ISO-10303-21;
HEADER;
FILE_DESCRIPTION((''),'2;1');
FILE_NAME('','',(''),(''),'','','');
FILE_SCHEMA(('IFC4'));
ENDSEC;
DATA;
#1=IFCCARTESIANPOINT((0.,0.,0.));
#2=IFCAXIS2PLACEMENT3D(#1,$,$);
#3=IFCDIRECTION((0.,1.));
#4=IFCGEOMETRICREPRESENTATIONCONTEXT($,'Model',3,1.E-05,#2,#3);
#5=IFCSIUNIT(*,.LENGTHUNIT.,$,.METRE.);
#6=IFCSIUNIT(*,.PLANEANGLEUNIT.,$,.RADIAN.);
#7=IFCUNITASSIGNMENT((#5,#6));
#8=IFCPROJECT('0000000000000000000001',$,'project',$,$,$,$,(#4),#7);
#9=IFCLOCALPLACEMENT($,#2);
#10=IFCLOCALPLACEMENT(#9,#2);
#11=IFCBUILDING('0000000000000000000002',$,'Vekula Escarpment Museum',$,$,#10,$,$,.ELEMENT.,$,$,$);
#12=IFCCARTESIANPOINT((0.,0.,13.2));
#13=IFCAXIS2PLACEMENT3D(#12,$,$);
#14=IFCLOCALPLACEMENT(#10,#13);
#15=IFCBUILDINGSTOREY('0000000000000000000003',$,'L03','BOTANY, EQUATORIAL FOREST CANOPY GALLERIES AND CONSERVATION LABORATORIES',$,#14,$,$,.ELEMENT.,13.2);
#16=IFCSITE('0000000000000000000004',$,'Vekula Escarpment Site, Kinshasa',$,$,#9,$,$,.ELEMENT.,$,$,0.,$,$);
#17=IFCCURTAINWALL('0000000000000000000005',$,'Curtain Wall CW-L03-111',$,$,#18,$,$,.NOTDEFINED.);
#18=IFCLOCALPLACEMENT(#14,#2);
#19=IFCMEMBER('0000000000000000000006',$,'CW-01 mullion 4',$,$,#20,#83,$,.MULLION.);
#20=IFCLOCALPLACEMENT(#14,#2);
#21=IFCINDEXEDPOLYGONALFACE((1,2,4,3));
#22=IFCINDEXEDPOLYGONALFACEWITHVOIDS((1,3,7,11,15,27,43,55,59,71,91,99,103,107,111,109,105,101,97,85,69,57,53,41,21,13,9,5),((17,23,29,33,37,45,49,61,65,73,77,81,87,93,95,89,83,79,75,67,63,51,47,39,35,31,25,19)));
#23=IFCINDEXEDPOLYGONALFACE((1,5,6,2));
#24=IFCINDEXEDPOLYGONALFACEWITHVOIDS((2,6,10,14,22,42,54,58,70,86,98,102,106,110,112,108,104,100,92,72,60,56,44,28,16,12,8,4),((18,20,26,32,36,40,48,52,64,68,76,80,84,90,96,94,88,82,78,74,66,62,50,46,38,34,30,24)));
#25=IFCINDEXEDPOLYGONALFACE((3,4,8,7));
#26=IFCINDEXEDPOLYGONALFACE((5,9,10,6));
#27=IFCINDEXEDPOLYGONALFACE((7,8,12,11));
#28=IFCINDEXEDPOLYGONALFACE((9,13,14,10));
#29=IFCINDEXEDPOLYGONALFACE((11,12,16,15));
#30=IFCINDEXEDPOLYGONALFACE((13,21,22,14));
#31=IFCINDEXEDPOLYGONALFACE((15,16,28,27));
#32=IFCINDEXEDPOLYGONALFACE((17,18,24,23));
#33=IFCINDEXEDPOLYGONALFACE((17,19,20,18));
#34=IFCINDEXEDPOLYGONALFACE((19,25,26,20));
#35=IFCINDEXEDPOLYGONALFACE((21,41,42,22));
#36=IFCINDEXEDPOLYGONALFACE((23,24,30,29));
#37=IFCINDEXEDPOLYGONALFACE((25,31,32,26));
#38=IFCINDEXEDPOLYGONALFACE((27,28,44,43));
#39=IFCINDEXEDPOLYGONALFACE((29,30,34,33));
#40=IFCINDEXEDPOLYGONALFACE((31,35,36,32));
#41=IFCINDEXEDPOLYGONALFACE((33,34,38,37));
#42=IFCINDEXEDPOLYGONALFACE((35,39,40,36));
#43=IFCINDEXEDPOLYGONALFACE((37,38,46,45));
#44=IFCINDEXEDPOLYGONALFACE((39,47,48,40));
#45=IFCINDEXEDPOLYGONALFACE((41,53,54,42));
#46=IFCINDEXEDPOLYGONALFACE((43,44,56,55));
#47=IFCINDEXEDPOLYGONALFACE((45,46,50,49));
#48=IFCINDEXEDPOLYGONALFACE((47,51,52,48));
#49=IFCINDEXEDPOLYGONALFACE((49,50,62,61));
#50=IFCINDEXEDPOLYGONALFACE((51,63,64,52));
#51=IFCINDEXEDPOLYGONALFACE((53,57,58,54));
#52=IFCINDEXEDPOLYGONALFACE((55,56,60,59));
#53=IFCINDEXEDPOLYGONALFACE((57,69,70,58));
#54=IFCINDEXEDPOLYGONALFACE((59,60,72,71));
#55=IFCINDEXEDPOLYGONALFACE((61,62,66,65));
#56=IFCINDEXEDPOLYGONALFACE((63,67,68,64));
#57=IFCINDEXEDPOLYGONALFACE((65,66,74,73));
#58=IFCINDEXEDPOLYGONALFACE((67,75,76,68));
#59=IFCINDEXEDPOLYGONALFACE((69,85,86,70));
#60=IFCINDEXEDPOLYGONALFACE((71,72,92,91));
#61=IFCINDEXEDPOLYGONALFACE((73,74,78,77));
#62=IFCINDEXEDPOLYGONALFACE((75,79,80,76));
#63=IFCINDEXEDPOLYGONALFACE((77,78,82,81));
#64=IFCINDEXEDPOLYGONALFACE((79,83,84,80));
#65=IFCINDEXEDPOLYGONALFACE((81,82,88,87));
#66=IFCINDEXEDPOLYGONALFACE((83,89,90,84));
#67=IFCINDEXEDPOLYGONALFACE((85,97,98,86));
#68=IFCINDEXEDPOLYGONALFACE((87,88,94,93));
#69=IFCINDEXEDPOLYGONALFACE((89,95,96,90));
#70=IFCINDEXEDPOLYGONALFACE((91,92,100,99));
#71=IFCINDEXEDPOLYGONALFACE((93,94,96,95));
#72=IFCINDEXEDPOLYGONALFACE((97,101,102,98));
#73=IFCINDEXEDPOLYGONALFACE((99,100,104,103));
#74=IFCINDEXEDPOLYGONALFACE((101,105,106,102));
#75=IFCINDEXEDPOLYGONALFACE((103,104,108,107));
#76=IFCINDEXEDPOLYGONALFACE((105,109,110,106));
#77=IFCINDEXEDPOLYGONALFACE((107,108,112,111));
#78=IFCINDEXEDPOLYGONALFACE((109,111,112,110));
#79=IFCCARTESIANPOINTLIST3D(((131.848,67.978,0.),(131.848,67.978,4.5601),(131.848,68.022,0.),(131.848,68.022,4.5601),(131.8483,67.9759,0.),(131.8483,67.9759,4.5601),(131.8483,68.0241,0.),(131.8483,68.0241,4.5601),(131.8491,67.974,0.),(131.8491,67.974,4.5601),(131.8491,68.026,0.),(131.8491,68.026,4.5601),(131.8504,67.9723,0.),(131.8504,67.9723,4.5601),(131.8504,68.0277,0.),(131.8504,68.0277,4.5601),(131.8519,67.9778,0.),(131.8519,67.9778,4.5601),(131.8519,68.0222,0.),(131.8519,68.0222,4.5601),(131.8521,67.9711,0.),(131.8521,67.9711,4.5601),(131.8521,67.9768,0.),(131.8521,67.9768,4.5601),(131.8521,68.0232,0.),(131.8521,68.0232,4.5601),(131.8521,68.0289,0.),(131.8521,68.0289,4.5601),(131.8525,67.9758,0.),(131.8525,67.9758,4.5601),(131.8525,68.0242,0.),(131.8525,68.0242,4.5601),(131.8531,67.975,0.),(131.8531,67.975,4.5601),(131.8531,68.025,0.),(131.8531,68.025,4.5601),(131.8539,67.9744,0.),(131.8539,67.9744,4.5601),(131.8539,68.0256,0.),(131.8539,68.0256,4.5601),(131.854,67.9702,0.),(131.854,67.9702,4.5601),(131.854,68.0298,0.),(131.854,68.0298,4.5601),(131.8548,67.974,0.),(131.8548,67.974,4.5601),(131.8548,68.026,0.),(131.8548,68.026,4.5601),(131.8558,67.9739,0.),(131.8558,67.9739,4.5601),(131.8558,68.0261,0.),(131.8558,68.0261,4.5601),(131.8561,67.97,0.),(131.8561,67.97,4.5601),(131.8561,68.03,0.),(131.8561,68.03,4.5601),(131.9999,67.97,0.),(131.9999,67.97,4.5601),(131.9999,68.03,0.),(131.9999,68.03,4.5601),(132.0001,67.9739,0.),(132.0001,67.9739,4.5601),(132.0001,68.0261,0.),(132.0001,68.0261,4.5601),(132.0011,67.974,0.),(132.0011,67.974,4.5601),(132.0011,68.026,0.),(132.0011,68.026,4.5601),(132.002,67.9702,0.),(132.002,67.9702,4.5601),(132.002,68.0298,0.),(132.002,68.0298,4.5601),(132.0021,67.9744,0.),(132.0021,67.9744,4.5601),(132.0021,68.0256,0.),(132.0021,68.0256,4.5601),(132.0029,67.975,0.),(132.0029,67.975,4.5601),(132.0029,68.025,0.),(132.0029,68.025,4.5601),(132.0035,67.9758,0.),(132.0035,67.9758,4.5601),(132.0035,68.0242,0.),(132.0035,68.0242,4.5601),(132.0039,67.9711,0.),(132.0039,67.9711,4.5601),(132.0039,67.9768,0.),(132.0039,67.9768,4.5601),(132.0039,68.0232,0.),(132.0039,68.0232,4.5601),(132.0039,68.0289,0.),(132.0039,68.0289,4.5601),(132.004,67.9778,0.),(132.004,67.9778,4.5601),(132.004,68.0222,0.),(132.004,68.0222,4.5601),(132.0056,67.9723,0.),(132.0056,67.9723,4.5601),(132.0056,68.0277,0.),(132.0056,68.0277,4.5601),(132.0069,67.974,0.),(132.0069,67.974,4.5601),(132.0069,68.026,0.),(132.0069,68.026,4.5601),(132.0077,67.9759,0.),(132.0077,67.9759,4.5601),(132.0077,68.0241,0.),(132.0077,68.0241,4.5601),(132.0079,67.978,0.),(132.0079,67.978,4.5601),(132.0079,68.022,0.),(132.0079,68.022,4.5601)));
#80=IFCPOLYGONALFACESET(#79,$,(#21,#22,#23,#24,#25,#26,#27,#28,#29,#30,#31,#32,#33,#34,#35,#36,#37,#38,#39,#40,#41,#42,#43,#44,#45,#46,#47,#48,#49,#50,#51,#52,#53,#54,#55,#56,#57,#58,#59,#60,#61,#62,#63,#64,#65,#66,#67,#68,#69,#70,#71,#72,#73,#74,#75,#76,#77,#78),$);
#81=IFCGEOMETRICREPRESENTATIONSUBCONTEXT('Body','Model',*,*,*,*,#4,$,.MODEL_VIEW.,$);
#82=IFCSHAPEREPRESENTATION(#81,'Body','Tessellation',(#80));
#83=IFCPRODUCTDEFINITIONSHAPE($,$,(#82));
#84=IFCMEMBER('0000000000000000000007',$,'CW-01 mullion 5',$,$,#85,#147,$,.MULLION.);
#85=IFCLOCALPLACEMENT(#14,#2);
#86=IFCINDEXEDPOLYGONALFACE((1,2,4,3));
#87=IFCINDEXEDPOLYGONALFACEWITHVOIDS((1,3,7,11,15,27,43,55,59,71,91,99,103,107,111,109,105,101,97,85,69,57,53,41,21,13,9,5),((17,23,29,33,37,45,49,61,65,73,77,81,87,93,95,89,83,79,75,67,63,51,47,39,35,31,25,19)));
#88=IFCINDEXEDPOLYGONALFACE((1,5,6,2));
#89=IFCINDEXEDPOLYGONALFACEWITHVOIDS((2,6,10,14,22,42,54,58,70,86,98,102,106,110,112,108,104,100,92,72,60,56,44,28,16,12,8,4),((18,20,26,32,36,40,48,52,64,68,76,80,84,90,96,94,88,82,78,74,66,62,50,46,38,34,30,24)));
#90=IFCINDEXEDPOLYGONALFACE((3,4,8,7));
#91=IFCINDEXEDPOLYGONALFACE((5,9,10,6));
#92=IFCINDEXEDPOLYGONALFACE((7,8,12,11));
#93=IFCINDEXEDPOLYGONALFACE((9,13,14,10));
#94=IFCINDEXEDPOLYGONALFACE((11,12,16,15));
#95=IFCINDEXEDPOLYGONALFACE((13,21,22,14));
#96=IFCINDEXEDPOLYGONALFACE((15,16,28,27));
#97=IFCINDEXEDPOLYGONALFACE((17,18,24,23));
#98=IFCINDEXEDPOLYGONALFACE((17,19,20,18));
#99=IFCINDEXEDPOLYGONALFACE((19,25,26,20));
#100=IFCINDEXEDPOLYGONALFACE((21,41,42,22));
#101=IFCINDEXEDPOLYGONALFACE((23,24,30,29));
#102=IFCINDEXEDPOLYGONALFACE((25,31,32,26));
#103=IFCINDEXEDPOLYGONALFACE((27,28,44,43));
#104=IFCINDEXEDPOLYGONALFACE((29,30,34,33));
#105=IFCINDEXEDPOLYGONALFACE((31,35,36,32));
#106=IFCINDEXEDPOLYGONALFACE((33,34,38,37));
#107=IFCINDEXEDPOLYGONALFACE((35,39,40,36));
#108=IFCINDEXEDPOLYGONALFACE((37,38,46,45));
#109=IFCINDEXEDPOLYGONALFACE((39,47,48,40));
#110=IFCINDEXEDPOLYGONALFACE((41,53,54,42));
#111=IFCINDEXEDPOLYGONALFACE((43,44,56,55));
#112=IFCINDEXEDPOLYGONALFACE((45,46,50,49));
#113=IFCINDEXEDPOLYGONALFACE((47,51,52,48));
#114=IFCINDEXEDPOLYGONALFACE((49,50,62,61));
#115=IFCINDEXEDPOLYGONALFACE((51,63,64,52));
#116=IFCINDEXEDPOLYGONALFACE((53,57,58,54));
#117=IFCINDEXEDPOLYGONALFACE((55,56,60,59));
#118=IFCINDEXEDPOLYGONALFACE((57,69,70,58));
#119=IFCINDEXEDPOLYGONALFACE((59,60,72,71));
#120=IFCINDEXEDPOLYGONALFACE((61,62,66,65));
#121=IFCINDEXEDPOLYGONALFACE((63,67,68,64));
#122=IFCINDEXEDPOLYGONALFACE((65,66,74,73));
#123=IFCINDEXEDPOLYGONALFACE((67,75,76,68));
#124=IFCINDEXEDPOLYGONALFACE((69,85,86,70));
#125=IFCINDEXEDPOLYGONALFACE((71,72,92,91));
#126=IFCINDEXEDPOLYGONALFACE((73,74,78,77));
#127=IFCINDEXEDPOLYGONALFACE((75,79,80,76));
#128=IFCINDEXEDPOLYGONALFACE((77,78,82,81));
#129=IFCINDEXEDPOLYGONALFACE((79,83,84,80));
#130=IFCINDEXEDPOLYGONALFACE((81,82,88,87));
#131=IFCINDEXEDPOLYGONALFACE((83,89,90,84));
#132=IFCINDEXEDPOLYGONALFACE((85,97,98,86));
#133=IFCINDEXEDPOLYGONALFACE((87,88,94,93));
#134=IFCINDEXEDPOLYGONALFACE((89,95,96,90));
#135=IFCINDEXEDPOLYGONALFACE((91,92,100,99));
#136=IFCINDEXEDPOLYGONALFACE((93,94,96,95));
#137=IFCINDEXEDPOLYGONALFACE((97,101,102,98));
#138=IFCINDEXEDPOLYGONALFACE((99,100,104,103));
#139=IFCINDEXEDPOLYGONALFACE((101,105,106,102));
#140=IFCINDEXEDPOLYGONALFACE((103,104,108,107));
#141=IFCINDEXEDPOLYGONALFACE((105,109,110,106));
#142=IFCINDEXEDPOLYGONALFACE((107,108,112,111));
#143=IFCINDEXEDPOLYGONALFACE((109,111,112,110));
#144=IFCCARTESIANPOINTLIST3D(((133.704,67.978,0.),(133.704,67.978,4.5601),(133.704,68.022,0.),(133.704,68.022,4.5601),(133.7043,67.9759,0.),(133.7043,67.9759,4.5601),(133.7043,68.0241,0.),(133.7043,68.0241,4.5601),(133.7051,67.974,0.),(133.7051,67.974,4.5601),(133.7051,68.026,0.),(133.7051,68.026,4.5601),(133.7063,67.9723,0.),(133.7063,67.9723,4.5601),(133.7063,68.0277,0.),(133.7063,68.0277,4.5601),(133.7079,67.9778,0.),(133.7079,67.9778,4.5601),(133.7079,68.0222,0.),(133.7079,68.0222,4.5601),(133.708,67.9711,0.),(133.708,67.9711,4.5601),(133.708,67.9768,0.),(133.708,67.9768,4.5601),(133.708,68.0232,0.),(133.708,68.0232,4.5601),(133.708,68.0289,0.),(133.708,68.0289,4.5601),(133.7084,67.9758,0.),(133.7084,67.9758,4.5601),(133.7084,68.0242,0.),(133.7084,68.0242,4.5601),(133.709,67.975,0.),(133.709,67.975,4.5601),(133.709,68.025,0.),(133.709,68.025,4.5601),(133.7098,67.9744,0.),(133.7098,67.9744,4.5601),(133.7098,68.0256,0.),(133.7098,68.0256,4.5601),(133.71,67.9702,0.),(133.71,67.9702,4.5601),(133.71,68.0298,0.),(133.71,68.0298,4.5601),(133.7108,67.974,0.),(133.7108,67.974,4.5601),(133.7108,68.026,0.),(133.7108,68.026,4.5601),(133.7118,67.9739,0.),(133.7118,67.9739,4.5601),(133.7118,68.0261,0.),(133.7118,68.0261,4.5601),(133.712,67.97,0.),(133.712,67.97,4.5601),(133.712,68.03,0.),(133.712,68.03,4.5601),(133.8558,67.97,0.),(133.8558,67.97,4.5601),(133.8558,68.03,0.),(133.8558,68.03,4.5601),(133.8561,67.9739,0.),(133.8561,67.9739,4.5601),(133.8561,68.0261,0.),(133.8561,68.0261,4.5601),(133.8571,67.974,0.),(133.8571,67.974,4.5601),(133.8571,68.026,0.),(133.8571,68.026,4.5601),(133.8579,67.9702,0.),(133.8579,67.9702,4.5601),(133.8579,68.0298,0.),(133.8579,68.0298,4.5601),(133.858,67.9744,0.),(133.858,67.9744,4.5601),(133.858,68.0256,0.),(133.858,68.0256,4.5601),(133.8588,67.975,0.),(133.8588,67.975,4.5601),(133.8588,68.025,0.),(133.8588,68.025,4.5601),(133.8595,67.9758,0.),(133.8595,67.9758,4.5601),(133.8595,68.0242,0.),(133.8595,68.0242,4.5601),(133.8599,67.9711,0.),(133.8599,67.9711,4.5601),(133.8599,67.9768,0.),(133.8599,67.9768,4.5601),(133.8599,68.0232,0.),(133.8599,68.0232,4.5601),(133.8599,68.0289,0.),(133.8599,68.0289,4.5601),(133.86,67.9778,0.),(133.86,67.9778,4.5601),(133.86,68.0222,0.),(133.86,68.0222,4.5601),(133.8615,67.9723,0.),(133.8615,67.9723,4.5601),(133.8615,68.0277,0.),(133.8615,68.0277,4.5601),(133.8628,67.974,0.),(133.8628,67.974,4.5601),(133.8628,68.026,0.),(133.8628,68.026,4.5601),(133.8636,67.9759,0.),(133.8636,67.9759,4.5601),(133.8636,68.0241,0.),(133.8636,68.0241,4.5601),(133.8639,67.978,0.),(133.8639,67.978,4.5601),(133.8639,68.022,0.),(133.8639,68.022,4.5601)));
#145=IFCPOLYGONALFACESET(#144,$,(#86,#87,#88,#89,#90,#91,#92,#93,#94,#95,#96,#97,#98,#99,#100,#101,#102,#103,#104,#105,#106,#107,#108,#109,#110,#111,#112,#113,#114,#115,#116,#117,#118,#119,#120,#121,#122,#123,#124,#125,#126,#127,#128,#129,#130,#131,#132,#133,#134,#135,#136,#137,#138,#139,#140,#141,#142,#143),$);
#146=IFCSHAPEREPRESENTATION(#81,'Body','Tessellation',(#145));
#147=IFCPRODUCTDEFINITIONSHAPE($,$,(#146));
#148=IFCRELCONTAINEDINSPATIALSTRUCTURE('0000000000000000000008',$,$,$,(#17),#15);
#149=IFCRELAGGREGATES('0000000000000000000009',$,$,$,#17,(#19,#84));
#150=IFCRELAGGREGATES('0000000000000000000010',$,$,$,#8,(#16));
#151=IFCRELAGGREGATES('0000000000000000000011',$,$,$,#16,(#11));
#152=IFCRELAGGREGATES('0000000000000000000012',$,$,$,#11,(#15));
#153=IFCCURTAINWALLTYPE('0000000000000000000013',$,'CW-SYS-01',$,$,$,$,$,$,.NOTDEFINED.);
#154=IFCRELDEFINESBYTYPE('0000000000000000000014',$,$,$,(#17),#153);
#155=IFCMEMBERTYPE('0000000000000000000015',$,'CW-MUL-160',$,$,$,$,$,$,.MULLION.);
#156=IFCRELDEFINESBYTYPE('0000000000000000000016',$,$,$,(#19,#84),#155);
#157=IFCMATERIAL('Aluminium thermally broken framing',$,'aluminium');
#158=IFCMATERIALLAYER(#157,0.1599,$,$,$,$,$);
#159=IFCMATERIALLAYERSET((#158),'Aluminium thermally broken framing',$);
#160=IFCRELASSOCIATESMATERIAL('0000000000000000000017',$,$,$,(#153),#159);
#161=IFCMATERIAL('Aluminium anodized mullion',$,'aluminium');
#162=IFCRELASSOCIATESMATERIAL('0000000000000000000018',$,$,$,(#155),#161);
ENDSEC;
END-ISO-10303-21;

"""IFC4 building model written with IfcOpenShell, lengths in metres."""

from ifc_helpers import new_model, si_unit, direction, frame, origin, origin_2d, place, context, subcontext, project, spatial, hollow_rectangle, extrude, material, layer, layer_set, material_profile, profile_set, type_object, element, aggregate, save


model = new_model("IFC4")

# Units and contexts
model_context = context("Model", 3, precision=1e-05, world=origin(), true_north=direction((0.0, 1.0)))
body_context = subcontext(model_context, "Body", "Model", "MODEL_VIEW")
ifc_project = project(units=[si_unit("LENGTHUNIT", "METRE"), si_unit("PLANEANGLEUNIT", "RADIAN")], contexts=[model_context])

# Site, building, storey
site_placement = place(None, origin())
site = spatial("IfcSite", under=ifc_project, at=site_placement, Name="Vekula Escarpment Site, Kinshasa", CompositionType="ELEMENT", RefElevation=0.0)
building_placement = place(site_placement, origin())
building = spatial("IfcBuilding", under=site, at=building_placement, Name="Vekula Escarpment Museum", CompositionType="ELEMENT")
storey_placement = place(building_placement, frame((0.0, 0.0, 13.2)))
storey = spatial("IfcBuildingStorey", under=building, at=storey_placement, Name="L03", Description="BOTANY, EQUATORIAL FOREST CANOPY GALLERIES AND CONSERVATION LABORATORIES", CompositionType="ELEMENT", Elevation=13.2)

# Curtain wall, members
ifc_material_1 = material(Name="Aluminium thermally broken framing", Category="aluminium")
ifc_layer_1 = layer(ifc_material_1, 0.1599)
ifc_layer_set_1 = layer_set([ifc_layer_1], Name="Aluminium thermally broken framing")
curtain_wall_type = type_object("IfcCurtainWallType", Name="CW-SYS-01", PredefinedType="NOTDEFINED", material=ifc_layer_set_1)
curtain_wall_placement = place(storey_placement, origin())
curtain_wall = element("IfcCurtainWall", 1, at=curtain_wall_placement, inside=storey, type_object=curtain_wall_type, Name="Curtain Wall CW-L03-111", PredefinedType="NOTDEFINED")
ifc_material_2 = material(Name="Aluminium anodized mullion", Category="aluminium")
ifc_material_profile_1 = material_profile(ifc_material_2, hollow_rectangle(XDim=0.0601, YDim=0.1599, WallThickness=0.0039, InnerFilletRadius=0.0039, OuterFilletRadius=0.0081, at=origin_2d()), Name="ALU 160x60x4")
ifc_profile_set_1 = profile_set([ifc_material_profile_1], Name="Aluminium anodized mullion")
member_type_1 = type_object("IfcMemberType", Name="CW-MUL-160", PredefinedType="MULLION", material=ifc_profile_set_1)
member_1_placement = place(storey_placement, frame((131.928, 68.0, 0.0), z_axis=(0.0, 0.0, 1.0), x_axis=(0.0, 1.0, 0.0)))
member_1 = element("IfcMember", 2, at=member_1_placement, type_object=member_type_1, Name="CW-01 mullion 4", PredefinedType="MULLION", context=body_context, shape_type="SweptSolid", body=[
    extrude(hollow_rectangle(XDim=0.0601, YDim=0.1599, WallThickness=0.0039, InnerFilletRadius=0.0039, OuterFilletRadius=0.0081, at=origin_2d()), origin(), (0.0, 0.0, 1.0), 4.5601),
])
member_2_placement = place(storey_placement, frame((133.7839, 68.0, 0.0), z_axis=(0.0, 0.0, 1.0), x_axis=(0.0, 1.0, 0.0)))
member_2 = element("IfcMember", 3, at=member_2_placement, type_object=member_type_1, Name="CW-01 mullion 5", PredefinedType="MULLION", context=body_context, shape_type="SweptSolid", body=[
    extrude(hollow_rectangle(XDim=0.0601, YDim=0.1599, WallThickness=0.0039, InnerFilletRadius=0.0039, OuterFilletRadius=0.0081, at=origin_2d()), origin(), (0.0, 0.0, 1.0), 4.5601),
])
aggregate(curtain_wall, [member_1, member_2])

save(model, "model.ifc")
